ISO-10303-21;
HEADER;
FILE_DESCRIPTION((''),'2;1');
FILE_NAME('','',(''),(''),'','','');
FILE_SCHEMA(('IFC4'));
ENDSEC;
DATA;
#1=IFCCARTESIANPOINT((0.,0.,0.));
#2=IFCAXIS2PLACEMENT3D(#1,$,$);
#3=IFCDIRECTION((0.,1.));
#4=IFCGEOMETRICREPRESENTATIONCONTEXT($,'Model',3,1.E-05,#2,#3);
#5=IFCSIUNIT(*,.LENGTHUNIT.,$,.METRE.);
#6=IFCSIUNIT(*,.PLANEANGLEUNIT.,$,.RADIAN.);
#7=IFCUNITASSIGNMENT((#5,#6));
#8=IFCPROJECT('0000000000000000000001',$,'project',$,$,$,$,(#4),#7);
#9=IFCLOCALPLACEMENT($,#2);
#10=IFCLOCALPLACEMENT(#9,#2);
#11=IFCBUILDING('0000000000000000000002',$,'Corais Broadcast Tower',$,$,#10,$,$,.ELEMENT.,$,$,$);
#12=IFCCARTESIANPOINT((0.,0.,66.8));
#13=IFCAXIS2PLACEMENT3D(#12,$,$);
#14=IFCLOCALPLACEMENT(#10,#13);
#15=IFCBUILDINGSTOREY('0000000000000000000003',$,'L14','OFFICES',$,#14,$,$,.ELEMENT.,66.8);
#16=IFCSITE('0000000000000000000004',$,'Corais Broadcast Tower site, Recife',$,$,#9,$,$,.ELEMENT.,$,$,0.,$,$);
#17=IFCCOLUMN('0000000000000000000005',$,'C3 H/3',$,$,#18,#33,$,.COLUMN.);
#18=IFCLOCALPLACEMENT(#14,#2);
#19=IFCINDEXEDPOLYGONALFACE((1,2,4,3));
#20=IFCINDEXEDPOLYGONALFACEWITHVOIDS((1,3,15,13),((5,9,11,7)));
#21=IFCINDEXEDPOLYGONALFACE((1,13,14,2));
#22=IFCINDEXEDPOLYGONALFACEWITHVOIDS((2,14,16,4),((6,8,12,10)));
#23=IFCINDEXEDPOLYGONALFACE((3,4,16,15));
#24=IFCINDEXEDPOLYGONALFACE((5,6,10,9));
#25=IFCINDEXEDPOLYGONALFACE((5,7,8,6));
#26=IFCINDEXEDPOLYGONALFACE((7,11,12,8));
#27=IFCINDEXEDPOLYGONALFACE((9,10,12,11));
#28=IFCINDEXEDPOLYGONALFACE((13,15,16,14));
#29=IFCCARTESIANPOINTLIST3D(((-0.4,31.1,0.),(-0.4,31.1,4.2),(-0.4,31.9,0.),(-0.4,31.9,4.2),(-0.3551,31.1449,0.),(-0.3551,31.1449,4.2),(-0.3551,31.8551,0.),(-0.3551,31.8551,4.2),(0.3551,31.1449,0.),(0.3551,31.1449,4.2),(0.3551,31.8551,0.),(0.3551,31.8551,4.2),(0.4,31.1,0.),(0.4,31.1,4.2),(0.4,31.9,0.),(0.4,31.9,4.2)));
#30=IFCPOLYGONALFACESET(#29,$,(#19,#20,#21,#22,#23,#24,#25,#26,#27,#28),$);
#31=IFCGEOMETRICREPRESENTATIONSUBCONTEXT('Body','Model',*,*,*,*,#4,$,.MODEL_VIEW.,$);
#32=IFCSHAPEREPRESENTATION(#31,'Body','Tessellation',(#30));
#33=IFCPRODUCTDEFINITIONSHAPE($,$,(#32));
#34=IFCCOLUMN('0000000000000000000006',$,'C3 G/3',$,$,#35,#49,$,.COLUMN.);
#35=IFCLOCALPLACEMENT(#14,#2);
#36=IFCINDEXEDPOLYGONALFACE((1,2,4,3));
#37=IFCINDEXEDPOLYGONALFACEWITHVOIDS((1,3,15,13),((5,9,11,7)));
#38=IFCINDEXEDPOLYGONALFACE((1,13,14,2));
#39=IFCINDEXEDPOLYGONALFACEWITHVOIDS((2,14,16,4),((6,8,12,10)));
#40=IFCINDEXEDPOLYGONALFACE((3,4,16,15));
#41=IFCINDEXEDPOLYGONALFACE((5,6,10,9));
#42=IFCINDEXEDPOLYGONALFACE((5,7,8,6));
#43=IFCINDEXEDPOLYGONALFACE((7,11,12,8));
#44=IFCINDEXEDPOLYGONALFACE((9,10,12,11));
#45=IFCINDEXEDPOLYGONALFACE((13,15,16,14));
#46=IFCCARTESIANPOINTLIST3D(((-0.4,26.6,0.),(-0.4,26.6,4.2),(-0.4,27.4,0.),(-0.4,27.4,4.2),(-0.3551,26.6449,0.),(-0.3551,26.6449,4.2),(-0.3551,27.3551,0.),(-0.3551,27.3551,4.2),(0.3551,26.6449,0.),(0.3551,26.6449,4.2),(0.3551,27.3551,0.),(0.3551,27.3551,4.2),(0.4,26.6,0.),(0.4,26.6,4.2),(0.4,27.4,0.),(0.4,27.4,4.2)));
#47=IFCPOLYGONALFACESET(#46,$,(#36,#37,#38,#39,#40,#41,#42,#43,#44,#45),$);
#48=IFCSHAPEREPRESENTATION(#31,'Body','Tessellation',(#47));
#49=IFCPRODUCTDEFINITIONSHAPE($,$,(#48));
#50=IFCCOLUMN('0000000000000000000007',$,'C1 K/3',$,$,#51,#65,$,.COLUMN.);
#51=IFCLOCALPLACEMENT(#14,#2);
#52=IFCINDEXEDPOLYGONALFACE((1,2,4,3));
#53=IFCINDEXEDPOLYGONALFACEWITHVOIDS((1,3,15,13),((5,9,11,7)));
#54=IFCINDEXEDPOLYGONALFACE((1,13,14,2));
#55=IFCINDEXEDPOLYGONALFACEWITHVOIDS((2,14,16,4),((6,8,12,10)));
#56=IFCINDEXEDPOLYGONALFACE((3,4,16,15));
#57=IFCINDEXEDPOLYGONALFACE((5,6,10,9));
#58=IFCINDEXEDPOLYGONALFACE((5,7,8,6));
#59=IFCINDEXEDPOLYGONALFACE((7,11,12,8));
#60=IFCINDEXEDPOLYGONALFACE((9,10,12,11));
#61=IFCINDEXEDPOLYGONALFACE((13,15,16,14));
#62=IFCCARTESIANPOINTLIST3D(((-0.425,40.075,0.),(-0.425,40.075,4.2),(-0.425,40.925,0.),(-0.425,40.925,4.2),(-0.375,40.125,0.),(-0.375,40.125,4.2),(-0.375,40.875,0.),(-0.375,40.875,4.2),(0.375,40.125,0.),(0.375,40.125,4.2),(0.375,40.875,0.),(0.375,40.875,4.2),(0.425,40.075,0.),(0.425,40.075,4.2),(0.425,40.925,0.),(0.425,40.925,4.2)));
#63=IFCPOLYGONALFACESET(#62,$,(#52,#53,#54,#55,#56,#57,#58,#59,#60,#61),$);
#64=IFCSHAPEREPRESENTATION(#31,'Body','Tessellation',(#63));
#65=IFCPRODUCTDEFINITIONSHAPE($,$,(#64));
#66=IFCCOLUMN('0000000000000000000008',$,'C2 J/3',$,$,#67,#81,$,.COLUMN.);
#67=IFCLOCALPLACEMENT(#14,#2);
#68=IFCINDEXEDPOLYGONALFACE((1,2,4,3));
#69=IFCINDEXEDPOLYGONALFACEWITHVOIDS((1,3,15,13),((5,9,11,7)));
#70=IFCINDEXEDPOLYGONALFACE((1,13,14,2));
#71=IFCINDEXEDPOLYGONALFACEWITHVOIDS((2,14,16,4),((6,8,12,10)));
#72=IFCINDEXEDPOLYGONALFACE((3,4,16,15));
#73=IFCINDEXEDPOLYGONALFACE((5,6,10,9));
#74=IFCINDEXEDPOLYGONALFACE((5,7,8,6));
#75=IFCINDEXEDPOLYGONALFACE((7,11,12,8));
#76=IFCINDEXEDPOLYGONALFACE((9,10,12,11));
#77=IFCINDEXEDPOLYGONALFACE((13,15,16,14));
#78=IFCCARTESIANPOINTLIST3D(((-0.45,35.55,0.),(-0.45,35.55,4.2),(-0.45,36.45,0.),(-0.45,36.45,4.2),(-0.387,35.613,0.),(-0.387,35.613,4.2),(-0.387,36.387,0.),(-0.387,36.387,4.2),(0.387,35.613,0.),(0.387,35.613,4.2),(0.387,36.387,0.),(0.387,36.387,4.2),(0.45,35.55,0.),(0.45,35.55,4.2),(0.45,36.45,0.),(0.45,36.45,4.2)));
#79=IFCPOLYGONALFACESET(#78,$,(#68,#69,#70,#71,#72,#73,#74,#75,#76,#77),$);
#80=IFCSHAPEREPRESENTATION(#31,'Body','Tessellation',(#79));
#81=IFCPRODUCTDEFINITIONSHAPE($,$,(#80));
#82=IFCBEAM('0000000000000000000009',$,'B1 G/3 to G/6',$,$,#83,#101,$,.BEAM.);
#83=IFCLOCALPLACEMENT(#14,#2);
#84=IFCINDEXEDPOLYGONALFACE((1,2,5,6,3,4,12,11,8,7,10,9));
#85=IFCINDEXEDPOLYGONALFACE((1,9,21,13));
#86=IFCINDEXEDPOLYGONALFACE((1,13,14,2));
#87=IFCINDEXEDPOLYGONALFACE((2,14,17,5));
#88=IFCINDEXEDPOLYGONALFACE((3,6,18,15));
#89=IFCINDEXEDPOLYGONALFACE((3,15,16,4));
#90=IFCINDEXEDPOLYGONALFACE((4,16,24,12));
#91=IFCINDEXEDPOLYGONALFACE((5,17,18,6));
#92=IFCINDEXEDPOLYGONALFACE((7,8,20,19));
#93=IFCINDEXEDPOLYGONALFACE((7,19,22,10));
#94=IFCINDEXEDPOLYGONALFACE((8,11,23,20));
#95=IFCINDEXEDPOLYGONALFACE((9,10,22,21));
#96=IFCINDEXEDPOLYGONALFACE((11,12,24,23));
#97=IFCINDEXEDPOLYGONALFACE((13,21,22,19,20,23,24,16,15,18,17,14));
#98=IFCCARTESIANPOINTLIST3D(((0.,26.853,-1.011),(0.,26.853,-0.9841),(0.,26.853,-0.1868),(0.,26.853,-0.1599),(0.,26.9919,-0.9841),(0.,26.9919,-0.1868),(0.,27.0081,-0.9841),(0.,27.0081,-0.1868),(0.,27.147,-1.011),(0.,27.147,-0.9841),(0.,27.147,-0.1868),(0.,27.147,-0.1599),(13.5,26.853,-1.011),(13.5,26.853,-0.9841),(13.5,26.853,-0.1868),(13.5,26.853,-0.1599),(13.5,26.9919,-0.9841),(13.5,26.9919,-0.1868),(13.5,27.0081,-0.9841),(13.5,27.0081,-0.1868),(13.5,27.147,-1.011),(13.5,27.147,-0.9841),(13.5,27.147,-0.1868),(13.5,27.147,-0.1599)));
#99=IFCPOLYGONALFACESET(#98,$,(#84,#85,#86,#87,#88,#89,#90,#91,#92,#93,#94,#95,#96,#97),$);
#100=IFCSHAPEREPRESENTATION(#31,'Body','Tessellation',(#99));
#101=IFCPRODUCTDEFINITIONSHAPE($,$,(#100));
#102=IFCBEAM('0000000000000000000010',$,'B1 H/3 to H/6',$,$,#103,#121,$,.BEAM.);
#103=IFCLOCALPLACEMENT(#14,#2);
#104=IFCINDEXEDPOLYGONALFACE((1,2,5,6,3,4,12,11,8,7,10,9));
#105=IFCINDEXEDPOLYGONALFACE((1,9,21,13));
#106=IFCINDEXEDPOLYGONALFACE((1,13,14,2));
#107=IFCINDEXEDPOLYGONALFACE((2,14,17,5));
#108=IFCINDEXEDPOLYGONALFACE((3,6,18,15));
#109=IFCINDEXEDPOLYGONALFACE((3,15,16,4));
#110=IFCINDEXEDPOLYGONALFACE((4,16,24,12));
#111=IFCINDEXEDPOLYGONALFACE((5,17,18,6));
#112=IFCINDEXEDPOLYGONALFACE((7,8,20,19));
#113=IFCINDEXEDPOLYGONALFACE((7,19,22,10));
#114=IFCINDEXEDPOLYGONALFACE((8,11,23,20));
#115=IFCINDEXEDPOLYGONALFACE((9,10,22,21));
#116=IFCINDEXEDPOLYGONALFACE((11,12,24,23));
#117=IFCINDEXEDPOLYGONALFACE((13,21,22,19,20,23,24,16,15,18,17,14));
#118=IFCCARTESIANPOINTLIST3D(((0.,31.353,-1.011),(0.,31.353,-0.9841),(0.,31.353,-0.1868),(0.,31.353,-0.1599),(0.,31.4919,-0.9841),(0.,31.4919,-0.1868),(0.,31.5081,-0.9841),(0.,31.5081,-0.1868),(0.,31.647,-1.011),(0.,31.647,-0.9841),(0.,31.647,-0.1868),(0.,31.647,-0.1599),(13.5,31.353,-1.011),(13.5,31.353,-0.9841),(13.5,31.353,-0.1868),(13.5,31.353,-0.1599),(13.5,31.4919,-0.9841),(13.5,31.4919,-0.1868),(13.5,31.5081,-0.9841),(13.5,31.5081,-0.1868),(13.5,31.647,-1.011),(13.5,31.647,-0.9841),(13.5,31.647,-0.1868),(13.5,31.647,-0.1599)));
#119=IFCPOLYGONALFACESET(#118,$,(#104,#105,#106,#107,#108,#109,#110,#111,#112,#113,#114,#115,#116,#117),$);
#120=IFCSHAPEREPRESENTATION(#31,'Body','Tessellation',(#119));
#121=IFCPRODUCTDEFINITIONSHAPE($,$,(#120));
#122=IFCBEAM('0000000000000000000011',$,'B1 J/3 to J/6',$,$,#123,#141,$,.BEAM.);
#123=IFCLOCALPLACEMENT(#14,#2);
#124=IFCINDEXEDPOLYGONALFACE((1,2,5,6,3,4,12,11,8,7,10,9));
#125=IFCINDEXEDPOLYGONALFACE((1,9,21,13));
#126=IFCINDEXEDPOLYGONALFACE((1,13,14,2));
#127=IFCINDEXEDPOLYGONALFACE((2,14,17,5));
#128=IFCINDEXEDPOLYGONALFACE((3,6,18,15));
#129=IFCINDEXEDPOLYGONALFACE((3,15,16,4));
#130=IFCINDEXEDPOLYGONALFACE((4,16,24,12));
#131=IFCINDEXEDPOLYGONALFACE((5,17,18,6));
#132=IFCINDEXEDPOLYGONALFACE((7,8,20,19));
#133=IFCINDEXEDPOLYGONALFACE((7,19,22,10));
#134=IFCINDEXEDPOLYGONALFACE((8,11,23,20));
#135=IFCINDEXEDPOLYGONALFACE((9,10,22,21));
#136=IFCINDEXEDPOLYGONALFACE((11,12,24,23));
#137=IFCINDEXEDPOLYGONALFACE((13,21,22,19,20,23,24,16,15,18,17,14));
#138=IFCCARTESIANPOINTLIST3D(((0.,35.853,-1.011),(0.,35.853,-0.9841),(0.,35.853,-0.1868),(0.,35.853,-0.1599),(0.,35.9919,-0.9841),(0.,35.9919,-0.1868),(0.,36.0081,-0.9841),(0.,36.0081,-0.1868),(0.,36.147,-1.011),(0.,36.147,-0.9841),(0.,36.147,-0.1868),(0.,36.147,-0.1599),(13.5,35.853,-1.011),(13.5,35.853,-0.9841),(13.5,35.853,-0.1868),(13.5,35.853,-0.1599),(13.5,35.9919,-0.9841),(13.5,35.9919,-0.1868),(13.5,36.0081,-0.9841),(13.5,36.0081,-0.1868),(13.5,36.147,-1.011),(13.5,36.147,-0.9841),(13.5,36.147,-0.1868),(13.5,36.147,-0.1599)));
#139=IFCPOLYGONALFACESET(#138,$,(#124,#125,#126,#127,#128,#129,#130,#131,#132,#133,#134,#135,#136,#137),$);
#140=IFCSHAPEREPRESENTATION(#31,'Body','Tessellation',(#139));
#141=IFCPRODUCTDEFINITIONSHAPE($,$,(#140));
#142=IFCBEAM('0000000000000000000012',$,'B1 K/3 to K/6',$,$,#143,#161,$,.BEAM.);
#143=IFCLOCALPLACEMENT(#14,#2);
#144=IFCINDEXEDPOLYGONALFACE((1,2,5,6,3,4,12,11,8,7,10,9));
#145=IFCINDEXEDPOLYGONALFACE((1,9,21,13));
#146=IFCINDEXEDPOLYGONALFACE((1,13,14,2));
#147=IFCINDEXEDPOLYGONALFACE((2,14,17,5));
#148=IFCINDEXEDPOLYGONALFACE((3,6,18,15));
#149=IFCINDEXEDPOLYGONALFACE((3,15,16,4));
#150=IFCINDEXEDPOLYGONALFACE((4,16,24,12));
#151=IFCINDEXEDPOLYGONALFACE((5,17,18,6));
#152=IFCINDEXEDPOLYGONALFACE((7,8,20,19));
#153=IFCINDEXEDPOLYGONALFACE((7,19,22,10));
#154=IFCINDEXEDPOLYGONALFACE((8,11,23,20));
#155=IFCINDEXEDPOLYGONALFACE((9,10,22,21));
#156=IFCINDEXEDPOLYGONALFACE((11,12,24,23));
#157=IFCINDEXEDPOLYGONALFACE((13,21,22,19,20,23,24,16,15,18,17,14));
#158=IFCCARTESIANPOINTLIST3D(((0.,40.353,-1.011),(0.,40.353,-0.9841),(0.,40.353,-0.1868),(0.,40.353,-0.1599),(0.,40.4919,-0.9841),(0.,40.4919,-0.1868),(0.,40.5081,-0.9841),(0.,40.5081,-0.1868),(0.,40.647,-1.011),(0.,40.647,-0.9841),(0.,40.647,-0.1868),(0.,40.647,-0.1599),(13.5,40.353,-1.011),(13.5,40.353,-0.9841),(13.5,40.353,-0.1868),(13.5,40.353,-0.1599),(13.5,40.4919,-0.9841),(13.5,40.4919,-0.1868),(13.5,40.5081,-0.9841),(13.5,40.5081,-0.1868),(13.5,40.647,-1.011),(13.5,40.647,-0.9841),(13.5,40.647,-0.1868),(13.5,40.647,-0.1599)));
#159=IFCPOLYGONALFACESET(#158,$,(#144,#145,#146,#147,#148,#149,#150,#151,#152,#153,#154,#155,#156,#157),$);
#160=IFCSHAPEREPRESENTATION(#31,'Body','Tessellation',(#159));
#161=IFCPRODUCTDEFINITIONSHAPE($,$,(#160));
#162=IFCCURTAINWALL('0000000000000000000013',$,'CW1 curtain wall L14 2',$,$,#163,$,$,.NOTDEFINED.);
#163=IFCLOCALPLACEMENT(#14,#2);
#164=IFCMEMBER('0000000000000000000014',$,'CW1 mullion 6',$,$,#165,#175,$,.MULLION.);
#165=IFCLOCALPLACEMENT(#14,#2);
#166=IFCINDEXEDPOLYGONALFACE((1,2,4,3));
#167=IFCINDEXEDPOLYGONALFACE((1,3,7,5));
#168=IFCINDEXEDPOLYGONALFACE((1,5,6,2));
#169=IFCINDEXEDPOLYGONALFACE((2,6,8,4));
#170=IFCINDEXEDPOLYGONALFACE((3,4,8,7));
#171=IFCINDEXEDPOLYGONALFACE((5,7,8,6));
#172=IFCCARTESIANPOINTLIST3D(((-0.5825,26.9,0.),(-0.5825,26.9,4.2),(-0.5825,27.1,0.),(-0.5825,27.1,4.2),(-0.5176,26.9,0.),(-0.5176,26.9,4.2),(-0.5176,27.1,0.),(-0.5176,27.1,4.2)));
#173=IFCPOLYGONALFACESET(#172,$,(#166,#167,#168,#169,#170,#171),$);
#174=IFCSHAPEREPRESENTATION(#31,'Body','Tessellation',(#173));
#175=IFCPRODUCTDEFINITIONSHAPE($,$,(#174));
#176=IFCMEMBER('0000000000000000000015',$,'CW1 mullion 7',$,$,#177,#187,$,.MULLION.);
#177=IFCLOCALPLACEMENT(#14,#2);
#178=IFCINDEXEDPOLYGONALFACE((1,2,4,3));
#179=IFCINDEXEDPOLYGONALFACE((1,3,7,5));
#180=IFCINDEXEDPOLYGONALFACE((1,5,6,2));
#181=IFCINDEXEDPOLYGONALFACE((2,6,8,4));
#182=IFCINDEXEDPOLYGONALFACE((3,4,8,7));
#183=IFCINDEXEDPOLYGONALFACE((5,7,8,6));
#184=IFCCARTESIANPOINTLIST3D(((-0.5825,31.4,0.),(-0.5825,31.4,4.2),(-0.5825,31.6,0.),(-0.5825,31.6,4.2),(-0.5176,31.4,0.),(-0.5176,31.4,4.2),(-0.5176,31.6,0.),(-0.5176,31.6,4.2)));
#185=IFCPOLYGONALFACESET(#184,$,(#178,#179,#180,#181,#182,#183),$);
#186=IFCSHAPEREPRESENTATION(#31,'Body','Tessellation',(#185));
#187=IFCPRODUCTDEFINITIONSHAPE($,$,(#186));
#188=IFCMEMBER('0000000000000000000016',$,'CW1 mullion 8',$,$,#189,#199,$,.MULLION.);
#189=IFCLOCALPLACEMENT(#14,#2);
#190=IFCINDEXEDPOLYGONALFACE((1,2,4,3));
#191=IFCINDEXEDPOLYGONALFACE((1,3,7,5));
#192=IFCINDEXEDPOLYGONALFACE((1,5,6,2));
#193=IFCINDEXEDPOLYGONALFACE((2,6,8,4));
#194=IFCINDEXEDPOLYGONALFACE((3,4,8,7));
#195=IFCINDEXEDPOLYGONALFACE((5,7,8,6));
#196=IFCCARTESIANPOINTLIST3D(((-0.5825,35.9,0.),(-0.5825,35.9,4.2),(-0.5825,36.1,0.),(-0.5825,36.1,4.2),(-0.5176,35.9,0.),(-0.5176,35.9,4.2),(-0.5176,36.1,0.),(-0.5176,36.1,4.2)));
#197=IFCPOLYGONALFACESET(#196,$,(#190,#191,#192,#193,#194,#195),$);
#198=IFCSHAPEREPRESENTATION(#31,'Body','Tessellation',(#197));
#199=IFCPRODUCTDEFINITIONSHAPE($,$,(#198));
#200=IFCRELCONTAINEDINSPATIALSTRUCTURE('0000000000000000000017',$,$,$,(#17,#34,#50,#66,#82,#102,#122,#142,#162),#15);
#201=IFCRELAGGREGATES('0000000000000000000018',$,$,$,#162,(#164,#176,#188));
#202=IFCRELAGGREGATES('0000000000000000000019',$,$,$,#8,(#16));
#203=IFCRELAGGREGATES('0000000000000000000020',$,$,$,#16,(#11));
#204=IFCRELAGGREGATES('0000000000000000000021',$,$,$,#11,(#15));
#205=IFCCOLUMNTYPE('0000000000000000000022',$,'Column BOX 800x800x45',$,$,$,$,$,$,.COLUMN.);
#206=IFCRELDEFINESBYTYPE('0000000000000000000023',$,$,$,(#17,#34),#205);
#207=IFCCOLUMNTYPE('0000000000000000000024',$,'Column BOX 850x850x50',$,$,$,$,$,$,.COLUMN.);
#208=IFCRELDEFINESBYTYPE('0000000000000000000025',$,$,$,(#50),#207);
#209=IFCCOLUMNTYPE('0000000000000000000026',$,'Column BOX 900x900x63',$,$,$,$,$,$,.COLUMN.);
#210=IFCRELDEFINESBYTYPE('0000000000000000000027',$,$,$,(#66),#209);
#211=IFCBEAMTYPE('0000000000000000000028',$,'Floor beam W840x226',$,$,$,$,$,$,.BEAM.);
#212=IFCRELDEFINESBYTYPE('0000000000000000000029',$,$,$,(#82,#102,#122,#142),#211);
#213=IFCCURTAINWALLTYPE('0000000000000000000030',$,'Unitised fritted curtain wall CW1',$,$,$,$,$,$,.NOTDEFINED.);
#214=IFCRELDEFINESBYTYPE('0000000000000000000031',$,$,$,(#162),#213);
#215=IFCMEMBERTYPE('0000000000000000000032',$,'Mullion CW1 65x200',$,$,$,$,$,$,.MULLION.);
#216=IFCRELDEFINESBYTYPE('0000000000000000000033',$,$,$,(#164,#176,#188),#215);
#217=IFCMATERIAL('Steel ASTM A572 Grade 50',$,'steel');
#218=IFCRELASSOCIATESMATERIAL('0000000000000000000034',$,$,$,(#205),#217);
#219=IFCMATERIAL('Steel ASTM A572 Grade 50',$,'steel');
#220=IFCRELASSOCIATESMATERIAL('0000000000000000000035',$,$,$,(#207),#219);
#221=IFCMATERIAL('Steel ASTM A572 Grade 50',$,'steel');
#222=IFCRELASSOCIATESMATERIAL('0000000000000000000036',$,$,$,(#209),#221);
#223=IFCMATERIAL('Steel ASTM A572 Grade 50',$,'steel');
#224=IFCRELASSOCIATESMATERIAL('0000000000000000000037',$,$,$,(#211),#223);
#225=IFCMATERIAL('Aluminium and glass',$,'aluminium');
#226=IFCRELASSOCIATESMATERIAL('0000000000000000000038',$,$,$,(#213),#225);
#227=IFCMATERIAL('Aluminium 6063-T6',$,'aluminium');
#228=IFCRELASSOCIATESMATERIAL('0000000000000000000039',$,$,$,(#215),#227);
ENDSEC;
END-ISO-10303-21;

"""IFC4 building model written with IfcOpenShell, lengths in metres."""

from ifc_helpers import new_model, si_unit, direction, frame, origin, origin_2d, place, context, subcontext, project, spatial, rectangle, hollow_rectangle, i_section, extrude, material, material_profile, profile_set, type_object, element, aggregate, save


model = new_model("IFC4")

# Units and contexts
model_context = context("Model", 3, precision=1e-05, world=origin(), true_north=direction((0.0, 1.0)))
body_context = subcontext(model_context, "Body", "Model", "MODEL_VIEW")
ifc_project = project(units=[si_unit("LENGTHUNIT", "METRE"), si_unit("PLANEANGLEUNIT", "RADIAN")], contexts=[model_context])

# Site, building, storey
site_placement = place(None, origin())
site = spatial("IfcSite", under=ifc_project, at=site_placement, Name="Corais Broadcast Tower site, Recife", CompositionType="ELEMENT", RefElevation=0.0)
building_placement = place(site_placement, origin())
building = spatial("IfcBuilding", under=site, at=building_placement, Name="Corais Broadcast Tower", CompositionType="ELEMENT")
storey_placement = place(building_placement, frame((0.0, 0.0, 66.8)))
storey = spatial("IfcBuildingStorey", under=building, at=storey_placement, Name="L14", Description="OFFICES", CompositionType="ELEMENT", Elevation=66.8)

# Columns
ifc_material_1 = material(Name="Steel ASTM A572 Grade 50", Category="steel")
ifc_material_profile_1 = material_profile(ifc_material_1, hollow_rectangle(XDim=0.8, YDim=0.8, WallThickness=0.0449, at=origin_2d()), Name="BOX 800x800x45")
ifc_profile_set_1 = profile_set([ifc_material_profile_1], Name="Steel ASTM A572 Grade 50")
column_type_1 = type_object("IfcColumnType", Name="Column BOX 800x800x45", PredefinedType="COLUMN", material=ifc_profile_set_1)
for number, where, z_axis, x_axis, name in (
    (1, (0.0, 31.5, 0.0), (0.0, 0.0, 1.0), (1.0, 0.0, 0.0), "C3 H/3"),
    (2, (0.0, 27.0, 0.0), (0.0, 0.0, 1.0), (1.0, 0.0, 0.0), "C3 G/3"),
):
    element("IfcColumn", number, at=place(storey_placement, frame(where, z_axis=z_axis, x_axis=x_axis)), inside=storey, type_object=column_type_1, Name=name, PredefinedType="COLUMN", context=body_context, shape_type="SweptSolid", body=[
        extrude(hollow_rectangle(XDim=0.8, YDim=0.8, WallThickness=0.0449, at=origin_2d()), origin(), (0.0, 0.0, 1.0), 4.2),
    ])
ifc_material_2 = material(Name="Steel ASTM A572 Grade 50", Category="steel")
ifc_material_profile_2 = material_profile(ifc_material_2, hollow_rectangle(XDim=0.8501, YDim=0.8501, WallThickness=0.05, at=origin_2d()), Name="BOX 850x850x50")
ifc_profile_set_2 = profile_set([ifc_material_profile_2], Name="Steel ASTM A572 Grade 50")
column_type_2 = type_object("IfcColumnType", Name="Column BOX 850x850x50", PredefinedType="COLUMN", material=ifc_profile_set_2)
column_1_placement = place(storey_placement, frame((0.0, 40.5, 0.0), z_axis=(0.0, 0.0, 1.0), x_axis=(1.0, 0.0, 0.0)))
element("IfcColumn", 3, at=column_1_placement, inside=storey, type_object=column_type_2, Name="C1 K/3", PredefinedType="COLUMN", context=body_context, shape_type="SweptSolid", body=[
    extrude(hollow_rectangle(XDim=0.8501, YDim=0.8501, WallThickness=0.05, at=origin_2d()), origin(), (0.0, 0.0, 1.0), 4.2),
])
ifc_material_3 = material(Name="Steel ASTM A572 Grade 50", Category="steel")
ifc_material_profile_3 = material_profile(ifc_material_3, hollow_rectangle(XDim=0.8999, YDim=0.8999, WallThickness=0.063, at=origin_2d()), Name="BOX 900x900x63")
ifc_profile_set_3 = profile_set([ifc_material_profile_3], Name="Steel ASTM A572 Grade 50")
column_type_3 = type_object("IfcColumnType", Name="Column BOX 900x900x63", PredefinedType="COLUMN", material=ifc_profile_set_3)
column_2_placement = place(storey_placement, frame((0.0, 36.0, 0.0), z_axis=(0.0, 0.0, 1.0), x_axis=(1.0, 0.0, 0.0)))
element("IfcColumn", 4, at=column_2_placement, inside=storey, type_object=column_type_3, Name="C2 J/3", PredefinedType="COLUMN", context=body_context, shape_type="SweptSolid", body=[
    extrude(hollow_rectangle(XDim=0.8999, YDim=0.8999, WallThickness=0.063, at=origin_2d()), origin(), (0.0, 0.0, 1.0), 4.2),
])

# Beams
ifc_material_4 = material(Name="Steel ASTM A572 Grade 50", Category="steel")
ifc_material_profile_4 = material_profile(ifc_material_4, i_section(OverallWidth=0.2939, OverallDepth=0.8511, WebThickness=0.0161, FlangeThickness=0.0269, at=origin_2d()), Name="W840x226")
ifc_profile_set_4 = profile_set([ifc_material_profile_4], Name="Steel ASTM A572 Grade 50")
beam_type_1 = type_object("IfcBeamType", Name="Floor beam W840x226", PredefinedType="BEAM", material=ifc_profile_set_4)
for number, where, z_axis, x_axis, name in (
    (5, (0.0, 27.0, -0.5854), (1.0, 0.0, 0.0), (0.0, 1.0, 0.0), "B1 G/3 to G/6"),
    (6, (0.0, 31.5, -0.5854), (1.0, 0.0, 0.0), (0.0, 1.0, 0.0), "B1 H/3 to H/6"),
    (7, (0.0, 36.0, -0.5854), (1.0, 0.0, 0.0), (0.0, 1.0, 0.0), "B1 J/3 to J/6"),
    (8, (0.0, 40.5, -0.5854), (1.0, 0.0, 0.0), (0.0, 1.0, 0.0), "B1 K/3 to K/6"),
):
    element("IfcBeam", number, at=place(storey_placement, frame(where, z_axis=z_axis, x_axis=x_axis)), inside=storey, type_object=beam_type_1, Name=name, PredefinedType="BEAM", context=body_context, shape_type="SweptSolid", body=[
        extrude(i_section(OverallWidth=0.2939, OverallDepth=0.8511, WebThickness=0.0161, FlangeThickness=0.0269, at=origin_2d()), origin(), (0.0, 0.0, 1.0), 13.5),
    ])

# Curtain wall, members
ifc_material_5 = material(Name="Aluminium and glass", Category="aluminium")
curtain_wall_type = type_object("IfcCurtainWallType", Name="Unitised fritted curtain wall CW1", PredefinedType="NOTDEFINED", material=ifc_material_5)
curtain_wall_placement = place(storey_placement, origin())
curtain_wall = element("IfcCurtainWall", 9, at=curtain_wall_placement, inside=storey, type_object=curtain_wall_type, Name="CW1 curtain wall L14 2", PredefinedType="NOTDEFINED")
ifc_material_6 = material(Name="Aluminium 6063-T6", Category="aluminium")
ifc_material_profile_5 = material_profile(ifc_material_6, rectangle(XDim=0.0649, YDim=0.2, at=origin_2d()), Name="Mullion CW1 65x200")
ifc_profile_set_5 = profile_set([ifc_material_profile_5], Name="Aluminium 6063-T6")
member_type_1 = type_object("IfcMemberType", Name="Mullion CW1 65x200", PredefinedType="MULLION", material=ifc_profile_set_5)
member_1_placement = place(storey_placement, frame((-0.55, 27.0, 0.0), z_axis=(0.0, 0.0, 1.0), x_axis=(-1.0, 0.0, 0.0)))
member_1 = element("IfcMember", 10, at=member_1_placement, type_object=member_type_1, Name="CW1 mullion 6", PredefinedType="MULLION", context=body_context, shape_type="SweptSolid", body=[
    extrude(rectangle(XDim=0.0649, YDim=0.2, at=origin_2d()), origin(), (0.0, 0.0, 1.0), 4.2),
])
member_2_placement = place(storey_placement, frame((-0.55, 31.5, 0.0), z_axis=(0.0, 0.0, 1.0), x_axis=(-1.0, 0.0, 0.0)))
member_2 = element("IfcMember", 11, at=member_2_placement, type_object=member_type_1, Name="CW1 mullion 7", PredefinedType="MULLION", context=body_context, shape_type="SweptSolid", body=[
    extrude(rectangle(XDim=0.0649, YDim=0.2, at=origin_2d()), origin(), (0.0, 0.0, 1.0), 4.2),
])
member_3_placement = place(storey_placement, frame((-0.55, 36.0, 0.0), z_axis=(0.0, 0.0, 1.0), x_axis=(-1.0, 0.0, 0.0)))
member_3 = element("IfcMember", 12, at=member_3_placement, type_object=member_type_1, Name="CW1 mullion 8", PredefinedType="MULLION", context=body_context, shape_type="SweptSolid", body=[
    extrude(rectangle(XDim=0.0649, YDim=0.2, at=origin_2d()), origin(), (0.0, 0.0, 1.0), 4.2),
])

aggregate(curtain_wall, [member_1, member_2, member_3])

save(model, "model.ifc")
